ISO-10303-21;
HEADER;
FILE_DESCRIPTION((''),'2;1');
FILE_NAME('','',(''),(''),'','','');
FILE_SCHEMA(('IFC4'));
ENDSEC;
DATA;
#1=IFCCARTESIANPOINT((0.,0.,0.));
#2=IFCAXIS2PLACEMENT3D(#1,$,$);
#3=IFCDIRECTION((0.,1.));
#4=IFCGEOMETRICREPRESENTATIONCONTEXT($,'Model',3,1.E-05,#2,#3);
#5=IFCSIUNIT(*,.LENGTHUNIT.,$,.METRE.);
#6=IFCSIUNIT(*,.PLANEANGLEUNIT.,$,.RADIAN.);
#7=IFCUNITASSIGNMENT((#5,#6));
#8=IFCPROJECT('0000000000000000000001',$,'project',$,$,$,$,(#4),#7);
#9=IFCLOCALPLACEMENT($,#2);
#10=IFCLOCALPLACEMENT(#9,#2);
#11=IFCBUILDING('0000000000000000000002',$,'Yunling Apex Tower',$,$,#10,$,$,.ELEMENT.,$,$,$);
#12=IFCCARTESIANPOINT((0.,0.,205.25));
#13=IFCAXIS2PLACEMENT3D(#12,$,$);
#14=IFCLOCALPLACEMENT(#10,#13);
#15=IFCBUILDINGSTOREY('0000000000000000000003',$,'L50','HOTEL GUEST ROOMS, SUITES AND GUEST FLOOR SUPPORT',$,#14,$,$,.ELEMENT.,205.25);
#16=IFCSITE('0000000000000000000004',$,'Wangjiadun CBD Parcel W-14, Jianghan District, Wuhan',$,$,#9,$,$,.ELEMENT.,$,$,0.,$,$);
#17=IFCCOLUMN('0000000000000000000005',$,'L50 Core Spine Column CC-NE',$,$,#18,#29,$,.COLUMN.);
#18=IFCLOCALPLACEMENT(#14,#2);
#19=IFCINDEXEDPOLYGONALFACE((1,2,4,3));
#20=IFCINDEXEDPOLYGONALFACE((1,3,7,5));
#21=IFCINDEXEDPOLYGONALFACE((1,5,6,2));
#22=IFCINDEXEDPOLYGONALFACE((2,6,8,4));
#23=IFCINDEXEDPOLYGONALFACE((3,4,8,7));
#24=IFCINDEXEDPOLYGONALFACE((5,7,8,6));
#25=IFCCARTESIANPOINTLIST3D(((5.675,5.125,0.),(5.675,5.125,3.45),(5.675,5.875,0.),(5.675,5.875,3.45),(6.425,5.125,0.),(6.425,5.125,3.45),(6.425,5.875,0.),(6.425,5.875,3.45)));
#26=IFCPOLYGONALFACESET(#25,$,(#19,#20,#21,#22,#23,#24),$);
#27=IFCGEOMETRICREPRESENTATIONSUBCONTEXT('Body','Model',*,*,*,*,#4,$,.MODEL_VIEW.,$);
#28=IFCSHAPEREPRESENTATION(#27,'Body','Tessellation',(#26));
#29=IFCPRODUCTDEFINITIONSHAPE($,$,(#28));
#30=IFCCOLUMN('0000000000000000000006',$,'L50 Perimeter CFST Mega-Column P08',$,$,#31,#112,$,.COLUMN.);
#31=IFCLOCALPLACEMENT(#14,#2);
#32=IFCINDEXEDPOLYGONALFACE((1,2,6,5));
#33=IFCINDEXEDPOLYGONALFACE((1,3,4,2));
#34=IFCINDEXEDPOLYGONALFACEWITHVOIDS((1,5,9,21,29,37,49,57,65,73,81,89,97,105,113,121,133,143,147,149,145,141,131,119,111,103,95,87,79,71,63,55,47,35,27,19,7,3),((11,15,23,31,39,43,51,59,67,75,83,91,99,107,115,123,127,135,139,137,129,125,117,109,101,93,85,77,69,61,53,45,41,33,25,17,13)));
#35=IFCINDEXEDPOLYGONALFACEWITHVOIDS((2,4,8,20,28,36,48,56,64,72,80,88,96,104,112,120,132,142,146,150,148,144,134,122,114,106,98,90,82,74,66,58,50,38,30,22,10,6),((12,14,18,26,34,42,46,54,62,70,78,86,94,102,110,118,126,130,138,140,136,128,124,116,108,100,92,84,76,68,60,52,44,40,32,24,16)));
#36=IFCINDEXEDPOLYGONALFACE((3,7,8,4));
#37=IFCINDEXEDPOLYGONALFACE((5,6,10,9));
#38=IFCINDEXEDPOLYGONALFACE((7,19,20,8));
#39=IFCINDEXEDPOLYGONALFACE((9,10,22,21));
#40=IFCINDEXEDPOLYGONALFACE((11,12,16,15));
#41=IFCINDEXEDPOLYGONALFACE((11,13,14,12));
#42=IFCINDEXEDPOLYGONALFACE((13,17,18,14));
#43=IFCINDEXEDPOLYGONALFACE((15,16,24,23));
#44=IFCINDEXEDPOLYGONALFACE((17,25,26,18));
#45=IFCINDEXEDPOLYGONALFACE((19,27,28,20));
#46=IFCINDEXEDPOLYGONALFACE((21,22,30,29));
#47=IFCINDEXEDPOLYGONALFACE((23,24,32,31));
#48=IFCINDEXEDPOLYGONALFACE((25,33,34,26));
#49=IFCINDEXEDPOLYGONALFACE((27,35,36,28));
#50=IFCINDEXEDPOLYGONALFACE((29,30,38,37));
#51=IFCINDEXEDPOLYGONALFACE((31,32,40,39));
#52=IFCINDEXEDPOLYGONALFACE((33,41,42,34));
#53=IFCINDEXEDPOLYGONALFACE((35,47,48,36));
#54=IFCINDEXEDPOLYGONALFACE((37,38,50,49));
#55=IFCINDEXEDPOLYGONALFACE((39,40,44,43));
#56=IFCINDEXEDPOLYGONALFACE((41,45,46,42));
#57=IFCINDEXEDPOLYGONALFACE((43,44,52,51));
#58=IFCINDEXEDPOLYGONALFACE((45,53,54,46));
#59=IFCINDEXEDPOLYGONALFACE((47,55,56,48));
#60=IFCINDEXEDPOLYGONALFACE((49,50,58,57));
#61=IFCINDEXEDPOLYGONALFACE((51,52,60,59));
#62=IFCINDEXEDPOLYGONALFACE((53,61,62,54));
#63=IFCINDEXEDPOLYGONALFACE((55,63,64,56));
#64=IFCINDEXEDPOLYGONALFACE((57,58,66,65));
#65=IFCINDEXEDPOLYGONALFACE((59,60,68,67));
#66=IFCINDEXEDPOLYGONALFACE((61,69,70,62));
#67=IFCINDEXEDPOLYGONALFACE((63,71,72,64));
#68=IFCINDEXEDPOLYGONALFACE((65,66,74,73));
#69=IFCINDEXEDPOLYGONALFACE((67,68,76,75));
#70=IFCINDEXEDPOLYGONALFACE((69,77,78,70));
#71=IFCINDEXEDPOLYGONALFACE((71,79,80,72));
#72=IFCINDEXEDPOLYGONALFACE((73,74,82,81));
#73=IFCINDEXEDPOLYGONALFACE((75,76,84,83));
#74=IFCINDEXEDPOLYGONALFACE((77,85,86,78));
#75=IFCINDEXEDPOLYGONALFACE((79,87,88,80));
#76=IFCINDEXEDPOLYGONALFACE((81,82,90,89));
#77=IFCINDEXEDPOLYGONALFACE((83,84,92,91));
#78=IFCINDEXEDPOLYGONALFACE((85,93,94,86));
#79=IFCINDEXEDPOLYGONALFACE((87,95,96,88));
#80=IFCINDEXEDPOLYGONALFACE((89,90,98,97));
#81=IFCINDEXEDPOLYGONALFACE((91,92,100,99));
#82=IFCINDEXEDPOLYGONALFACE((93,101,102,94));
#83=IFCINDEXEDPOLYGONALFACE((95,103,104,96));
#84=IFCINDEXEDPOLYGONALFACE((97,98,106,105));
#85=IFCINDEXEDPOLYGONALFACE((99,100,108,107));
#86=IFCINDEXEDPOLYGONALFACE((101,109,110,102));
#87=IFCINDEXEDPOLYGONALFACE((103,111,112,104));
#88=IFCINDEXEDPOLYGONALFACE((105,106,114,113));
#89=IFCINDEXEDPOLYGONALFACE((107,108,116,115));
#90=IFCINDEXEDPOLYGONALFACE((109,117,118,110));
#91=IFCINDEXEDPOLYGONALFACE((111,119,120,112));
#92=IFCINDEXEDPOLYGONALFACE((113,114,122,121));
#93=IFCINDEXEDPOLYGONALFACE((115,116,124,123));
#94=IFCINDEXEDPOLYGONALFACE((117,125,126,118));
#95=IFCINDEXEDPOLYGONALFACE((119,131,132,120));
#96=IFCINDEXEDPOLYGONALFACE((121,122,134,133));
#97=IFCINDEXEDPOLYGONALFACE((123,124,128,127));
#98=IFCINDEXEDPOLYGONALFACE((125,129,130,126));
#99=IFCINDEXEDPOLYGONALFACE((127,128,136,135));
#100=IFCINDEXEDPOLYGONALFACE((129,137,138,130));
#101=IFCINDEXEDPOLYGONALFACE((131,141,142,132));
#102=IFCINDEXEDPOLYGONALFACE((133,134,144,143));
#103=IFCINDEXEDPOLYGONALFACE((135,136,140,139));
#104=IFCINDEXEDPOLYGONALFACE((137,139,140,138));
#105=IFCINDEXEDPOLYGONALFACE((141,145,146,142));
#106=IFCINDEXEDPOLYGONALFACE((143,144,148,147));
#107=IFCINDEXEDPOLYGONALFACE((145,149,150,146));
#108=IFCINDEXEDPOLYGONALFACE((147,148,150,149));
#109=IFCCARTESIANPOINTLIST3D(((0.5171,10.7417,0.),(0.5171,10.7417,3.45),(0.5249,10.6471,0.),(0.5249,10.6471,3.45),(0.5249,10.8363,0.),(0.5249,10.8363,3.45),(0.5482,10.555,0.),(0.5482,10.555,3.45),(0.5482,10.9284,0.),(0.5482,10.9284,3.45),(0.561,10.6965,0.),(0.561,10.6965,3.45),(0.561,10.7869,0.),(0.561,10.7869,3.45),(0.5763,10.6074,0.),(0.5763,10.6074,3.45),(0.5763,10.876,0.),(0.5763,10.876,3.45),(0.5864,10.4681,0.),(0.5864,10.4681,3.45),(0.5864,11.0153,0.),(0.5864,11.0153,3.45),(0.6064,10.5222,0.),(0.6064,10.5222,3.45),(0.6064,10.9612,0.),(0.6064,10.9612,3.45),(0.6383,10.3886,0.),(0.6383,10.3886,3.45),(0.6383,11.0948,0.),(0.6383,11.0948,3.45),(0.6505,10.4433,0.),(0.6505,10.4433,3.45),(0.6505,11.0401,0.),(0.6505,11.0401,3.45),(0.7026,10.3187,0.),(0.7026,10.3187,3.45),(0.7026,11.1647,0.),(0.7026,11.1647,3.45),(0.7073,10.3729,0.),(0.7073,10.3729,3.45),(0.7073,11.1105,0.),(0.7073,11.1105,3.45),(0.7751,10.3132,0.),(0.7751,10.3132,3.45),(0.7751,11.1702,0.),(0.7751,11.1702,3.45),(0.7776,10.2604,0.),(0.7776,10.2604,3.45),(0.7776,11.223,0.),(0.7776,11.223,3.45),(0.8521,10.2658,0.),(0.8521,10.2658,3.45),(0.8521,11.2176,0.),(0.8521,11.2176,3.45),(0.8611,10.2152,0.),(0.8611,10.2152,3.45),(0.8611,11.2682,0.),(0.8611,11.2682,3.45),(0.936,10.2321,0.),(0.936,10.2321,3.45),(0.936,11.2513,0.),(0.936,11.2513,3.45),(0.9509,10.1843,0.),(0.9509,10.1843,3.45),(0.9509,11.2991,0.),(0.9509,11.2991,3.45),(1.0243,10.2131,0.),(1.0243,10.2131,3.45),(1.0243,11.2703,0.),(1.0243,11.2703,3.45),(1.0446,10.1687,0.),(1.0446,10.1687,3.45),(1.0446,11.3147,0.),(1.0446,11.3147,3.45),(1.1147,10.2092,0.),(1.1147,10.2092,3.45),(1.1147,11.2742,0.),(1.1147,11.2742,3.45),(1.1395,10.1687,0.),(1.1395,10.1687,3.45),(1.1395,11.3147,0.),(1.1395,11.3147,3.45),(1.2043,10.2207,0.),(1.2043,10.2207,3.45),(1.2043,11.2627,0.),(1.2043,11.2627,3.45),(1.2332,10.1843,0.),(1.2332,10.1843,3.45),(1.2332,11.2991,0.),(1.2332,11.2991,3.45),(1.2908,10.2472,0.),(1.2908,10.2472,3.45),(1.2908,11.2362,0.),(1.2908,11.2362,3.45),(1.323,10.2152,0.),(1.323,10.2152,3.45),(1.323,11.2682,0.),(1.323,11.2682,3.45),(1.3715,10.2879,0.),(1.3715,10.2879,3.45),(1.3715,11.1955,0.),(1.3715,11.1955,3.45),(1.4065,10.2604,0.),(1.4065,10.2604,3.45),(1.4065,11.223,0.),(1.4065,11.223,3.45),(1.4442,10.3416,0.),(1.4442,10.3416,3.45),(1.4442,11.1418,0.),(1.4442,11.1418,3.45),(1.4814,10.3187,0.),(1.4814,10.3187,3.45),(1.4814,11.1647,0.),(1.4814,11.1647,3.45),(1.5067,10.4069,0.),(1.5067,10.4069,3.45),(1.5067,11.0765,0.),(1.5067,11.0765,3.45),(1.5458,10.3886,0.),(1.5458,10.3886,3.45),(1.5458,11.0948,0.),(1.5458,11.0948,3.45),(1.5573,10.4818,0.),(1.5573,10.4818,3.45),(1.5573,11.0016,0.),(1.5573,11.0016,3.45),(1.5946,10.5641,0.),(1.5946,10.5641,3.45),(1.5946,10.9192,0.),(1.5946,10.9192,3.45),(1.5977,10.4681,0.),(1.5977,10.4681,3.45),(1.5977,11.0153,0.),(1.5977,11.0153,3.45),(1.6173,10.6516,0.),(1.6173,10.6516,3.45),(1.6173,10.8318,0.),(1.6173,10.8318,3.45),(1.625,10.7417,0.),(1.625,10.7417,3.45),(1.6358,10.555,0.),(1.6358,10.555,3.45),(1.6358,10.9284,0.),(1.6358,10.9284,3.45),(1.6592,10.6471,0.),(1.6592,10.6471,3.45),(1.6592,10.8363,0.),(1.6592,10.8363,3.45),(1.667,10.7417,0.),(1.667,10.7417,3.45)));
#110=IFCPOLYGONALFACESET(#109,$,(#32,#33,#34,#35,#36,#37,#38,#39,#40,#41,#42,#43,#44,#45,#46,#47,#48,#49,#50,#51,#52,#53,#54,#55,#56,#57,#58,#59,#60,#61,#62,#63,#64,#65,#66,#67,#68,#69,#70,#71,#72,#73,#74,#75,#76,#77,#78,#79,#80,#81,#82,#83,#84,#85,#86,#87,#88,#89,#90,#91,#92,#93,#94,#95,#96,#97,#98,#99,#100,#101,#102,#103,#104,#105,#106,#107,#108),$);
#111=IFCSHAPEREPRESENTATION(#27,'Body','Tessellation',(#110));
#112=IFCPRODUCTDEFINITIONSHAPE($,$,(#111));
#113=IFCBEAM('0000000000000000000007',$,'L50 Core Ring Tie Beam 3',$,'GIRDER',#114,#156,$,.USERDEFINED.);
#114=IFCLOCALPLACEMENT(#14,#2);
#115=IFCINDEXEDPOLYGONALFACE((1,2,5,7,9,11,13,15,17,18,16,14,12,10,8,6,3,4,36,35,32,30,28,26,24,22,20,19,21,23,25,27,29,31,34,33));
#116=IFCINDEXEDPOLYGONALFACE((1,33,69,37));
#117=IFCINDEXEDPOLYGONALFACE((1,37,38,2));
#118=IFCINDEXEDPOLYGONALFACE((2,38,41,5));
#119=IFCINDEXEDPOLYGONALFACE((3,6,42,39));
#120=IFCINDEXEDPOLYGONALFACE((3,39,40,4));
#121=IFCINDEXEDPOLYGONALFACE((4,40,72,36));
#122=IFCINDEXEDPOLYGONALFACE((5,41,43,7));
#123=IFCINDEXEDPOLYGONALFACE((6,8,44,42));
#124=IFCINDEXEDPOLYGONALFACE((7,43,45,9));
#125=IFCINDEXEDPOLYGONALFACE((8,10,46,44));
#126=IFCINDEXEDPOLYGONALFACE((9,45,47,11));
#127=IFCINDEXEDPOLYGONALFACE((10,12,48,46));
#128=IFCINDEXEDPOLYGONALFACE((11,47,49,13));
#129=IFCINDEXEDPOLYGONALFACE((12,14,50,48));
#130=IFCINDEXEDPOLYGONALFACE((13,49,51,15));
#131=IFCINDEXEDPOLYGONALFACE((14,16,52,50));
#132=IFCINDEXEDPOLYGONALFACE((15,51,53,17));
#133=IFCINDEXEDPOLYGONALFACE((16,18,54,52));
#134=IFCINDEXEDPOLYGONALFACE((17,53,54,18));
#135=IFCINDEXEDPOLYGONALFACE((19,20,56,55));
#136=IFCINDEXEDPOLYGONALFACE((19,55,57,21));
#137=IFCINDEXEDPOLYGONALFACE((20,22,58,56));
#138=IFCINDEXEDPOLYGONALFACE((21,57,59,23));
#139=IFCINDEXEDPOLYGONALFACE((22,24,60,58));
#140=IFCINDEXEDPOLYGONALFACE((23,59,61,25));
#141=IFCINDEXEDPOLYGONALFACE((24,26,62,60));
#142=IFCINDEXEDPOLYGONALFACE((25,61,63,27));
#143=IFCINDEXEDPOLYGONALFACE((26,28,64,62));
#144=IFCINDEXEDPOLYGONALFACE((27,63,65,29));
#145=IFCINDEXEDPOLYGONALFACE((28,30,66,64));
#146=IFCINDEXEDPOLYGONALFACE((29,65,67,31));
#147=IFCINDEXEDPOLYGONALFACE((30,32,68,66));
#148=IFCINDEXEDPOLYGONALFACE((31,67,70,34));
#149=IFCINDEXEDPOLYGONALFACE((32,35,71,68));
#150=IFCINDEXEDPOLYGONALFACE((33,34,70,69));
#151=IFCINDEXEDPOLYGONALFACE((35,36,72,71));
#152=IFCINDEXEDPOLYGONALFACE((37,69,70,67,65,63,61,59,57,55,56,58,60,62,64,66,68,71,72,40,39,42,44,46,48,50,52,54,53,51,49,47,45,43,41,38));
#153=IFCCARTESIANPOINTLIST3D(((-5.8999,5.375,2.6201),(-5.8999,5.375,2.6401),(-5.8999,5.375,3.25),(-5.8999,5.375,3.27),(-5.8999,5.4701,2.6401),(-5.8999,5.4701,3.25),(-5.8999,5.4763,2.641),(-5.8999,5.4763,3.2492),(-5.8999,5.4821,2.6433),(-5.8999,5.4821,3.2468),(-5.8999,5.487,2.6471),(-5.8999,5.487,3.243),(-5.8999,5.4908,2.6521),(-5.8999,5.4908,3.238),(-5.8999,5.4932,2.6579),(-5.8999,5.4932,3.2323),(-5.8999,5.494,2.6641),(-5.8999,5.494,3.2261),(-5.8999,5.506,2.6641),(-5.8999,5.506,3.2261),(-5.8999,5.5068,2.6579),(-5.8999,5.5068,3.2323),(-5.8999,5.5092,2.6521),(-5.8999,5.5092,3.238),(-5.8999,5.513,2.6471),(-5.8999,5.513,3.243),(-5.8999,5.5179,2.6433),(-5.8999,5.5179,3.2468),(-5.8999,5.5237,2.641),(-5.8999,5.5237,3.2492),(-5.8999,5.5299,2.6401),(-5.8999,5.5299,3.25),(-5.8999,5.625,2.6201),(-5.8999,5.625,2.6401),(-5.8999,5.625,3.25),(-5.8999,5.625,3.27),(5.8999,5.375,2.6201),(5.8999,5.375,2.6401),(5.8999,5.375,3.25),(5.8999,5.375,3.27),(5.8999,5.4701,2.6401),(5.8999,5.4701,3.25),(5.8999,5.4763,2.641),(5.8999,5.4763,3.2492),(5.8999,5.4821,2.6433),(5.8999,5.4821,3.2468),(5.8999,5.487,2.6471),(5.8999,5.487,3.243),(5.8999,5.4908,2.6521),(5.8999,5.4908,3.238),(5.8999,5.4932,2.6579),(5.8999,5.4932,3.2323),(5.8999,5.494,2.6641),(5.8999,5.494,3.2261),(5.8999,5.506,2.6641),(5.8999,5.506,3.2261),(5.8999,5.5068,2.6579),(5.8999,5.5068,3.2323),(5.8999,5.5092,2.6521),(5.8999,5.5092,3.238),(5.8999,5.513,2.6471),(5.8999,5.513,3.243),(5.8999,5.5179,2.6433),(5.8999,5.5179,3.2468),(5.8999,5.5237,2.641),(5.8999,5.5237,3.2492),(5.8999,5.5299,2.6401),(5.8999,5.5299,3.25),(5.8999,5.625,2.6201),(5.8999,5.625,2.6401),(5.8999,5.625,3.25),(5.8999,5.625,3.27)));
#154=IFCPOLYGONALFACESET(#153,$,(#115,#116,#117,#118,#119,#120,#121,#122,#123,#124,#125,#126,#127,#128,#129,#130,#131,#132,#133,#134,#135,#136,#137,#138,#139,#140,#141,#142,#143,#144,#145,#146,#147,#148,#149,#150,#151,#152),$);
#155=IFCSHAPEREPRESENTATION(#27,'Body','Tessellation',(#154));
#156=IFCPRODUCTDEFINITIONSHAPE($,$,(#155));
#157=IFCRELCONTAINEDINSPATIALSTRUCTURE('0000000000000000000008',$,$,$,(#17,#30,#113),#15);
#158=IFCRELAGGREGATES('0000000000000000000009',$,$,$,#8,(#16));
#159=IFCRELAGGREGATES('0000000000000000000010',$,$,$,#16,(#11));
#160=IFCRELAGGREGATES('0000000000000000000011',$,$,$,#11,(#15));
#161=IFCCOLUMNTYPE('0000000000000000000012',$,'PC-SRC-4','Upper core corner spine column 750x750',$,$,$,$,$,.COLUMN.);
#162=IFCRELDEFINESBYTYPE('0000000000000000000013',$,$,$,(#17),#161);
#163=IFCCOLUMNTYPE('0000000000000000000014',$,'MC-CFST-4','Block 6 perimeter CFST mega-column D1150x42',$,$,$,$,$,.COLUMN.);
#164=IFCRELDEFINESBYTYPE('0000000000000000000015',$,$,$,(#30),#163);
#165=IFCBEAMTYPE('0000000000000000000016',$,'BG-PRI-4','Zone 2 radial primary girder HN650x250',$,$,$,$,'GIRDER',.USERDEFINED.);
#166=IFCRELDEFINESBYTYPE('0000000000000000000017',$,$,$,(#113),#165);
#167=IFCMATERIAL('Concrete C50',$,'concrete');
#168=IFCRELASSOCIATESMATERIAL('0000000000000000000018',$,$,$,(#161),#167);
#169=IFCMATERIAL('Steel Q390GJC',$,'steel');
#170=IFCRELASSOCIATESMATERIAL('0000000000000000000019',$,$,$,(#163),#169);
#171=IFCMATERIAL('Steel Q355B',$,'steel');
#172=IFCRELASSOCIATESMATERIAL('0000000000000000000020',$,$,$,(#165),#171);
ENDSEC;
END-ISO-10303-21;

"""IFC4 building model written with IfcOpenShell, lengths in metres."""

from ifc_helpers import new_model, si_unit, direction, frame, origin, origin_2d, place, context, subcontext, project, spatial, rectangle, hollow_circle, i_section, extrude, source, transform, mapped, material, material_profile, profile_set, type_object, element, save


model = new_model("IFC4")

# Units and contexts
model_context = context("Model", 3, precision=1e-05, world=origin(), true_north=direction((0.0, 1.0)))
body_context = subcontext(model_context, "Body", "Model", "MODEL_VIEW")
ifc_project = project(units=[si_unit("LENGTHUNIT", "METRE"), si_unit("PLANEANGLEUNIT", "RADIAN")], contexts=[model_context])

# Site, building, storey
site_placement = place(None, origin())
site = spatial("IfcSite", under=ifc_project, at=site_placement, Name="Wangjiadun CBD Parcel W-14, Jianghan District, Wuhan", CompositionType="ELEMENT", RefElevation=0.0)
building_placement = place(site_placement, origin())
building = spatial("IfcBuilding", under=site, at=building_placement, Name="Yunling Apex Tower", CompositionType="ELEMENT")
storey_placement = place(building_placement, frame((0.0, 0.0, 205.25)))
storey = spatial("IfcBuildingStorey", under=building, at=storey_placement, Name="L50", Description="HOTEL GUEST ROOMS, SUITES AND GUEST FLOOR SUPPORT", CompositionType="ELEMENT", Elevation=205.25)

# Columns
ifc_material_1 = material(Name="Concrete C50", Category="concrete")
ifc_material_profile_1 = material_profile(ifc_material_1, rectangle(XDim=0.75, YDim=0.75, at=origin_2d()))
ifc_profile_set_1 = profile_set([ifc_material_profile_1], Name="Concrete C50")
column_type_1 = type_object("IfcColumnType", Name="PC-SRC-4", Description="Upper core corner spine column 750x750", PredefinedType="COLUMN", material=ifc_profile_set_1)
shared_shape_1 = source(origin(), body_context, "Body", "SweptSolid", [
    extrude(rectangle(XDim=0.75, YDim=0.75, at=origin_2d()), origin(), (0.0, 0.0, 1.0), 3.45),
])
column_1_placement = place(storey_placement, frame((6.05, 5.5, 0.0), z_axis=(0.0, 0.0, 1.0), x_axis=(1.0, 0.0, 0.0)))
element("IfcColumn", 1, at=column_1_placement, inside=storey, type_object=column_type_1, Name="L50 Core Spine Column CC-NE", PredefinedType="COLUMN", context=body_context, shape_type="MappedRepresentation", body=[
    mapped(shared_shape_1, transform((0.0, 0.0, 0.0), scale=1.0)),
])
ifc_material_2 = material(Name="Steel Q390GJC", Category="steel")
ifc_material_profile_2 = material_profile(ifc_material_2, hollow_circle(Radius=0.575, WallThickness=0.042, at=origin_2d()))
ifc_profile_set_2 = profile_set([ifc_material_profile_2], Name="Steel Q390GJC")
column_type_2 = type_object("IfcColumnType", Name="MC-CFST-4", Description="Block 6 perimeter CFST mega-column D1150x42", PredefinedType="COLUMN", material=ifc_profile_set_2)
shared_shape_2 = source(origin(), body_context, "Body", "SweptSolid", [
    extrude(hollow_circle(Radius=0.575, WallThickness=0.042, at=origin_2d()), origin(), (0.0, 0.0, 1.0), 3.45),
])
column_2_placement = place(storey_placement, frame((1.092, 10.7417, 0.0), z_axis=(0.0, 0.0, 1.0), x_axis=(1.0, 0.0, 0.0)))
element("IfcColumn", 2, at=column_2_placement, inside=storey, type_object=column_type_2, Name="L50 Perimeter CFST Mega-Column P08", PredefinedType="COLUMN", context=body_context, shape_type="MappedRepresentation", body=[
    mapped(shared_shape_2, transform((0.0, 0.0, 0.0), scale=1.0)),
])

# Beam
ifc_material_3 = material(Name="Steel Q355B", Category="steel")
ifc_material_profile_3 = material_profile(ifc_material_3, i_section(OverallWidth=0.25, OverallDepth=0.6499, WebThickness=0.012, FlangeThickness=0.02, FilletRadius=0.0239, at=origin_2d()))
ifc_profile_set_3 = profile_set([ifc_material_profile_3], Name="Steel Q355B")
beam_type_1 = type_object("IfcBeamType", Name="BG-PRI-4", Description="Zone 2 radial primary girder HN650x250", ElementType="GIRDER", PredefinedType="USERDEFINED", material=ifc_profile_set_3)
shared_shape_3 = source(origin(), body_context, "Body", "SweptSolid", [
    extrude(i_section(OverallWidth=0.25, OverallDepth=0.6499, WebThickness=0.012, FlangeThickness=0.02, FilletRadius=0.0239, at=origin_2d()), origin(), (0.0, 0.0, 1.0), 11.7998),
])
beam_1_placement = place(storey_placement, frame((5.8999, 5.5, 2.9451), z_axis=(-1.0, 0.0, 0.0), x_axis=(0.0, -1.0, 0.0)))
element("IfcBeam", 3, at=beam_1_placement, inside=storey, type_object=beam_type_1, Name="L50 Core Ring Tie Beam 3", ObjectType="GIRDER", PredefinedType="USERDEFINED", context=body_context, shape_type="MappedRepresentation", body=[
    mapped(shared_shape_3, transform((0.0, 0.0, 0.0), scale=1.0)),
])

save(model, "model.ifc")
